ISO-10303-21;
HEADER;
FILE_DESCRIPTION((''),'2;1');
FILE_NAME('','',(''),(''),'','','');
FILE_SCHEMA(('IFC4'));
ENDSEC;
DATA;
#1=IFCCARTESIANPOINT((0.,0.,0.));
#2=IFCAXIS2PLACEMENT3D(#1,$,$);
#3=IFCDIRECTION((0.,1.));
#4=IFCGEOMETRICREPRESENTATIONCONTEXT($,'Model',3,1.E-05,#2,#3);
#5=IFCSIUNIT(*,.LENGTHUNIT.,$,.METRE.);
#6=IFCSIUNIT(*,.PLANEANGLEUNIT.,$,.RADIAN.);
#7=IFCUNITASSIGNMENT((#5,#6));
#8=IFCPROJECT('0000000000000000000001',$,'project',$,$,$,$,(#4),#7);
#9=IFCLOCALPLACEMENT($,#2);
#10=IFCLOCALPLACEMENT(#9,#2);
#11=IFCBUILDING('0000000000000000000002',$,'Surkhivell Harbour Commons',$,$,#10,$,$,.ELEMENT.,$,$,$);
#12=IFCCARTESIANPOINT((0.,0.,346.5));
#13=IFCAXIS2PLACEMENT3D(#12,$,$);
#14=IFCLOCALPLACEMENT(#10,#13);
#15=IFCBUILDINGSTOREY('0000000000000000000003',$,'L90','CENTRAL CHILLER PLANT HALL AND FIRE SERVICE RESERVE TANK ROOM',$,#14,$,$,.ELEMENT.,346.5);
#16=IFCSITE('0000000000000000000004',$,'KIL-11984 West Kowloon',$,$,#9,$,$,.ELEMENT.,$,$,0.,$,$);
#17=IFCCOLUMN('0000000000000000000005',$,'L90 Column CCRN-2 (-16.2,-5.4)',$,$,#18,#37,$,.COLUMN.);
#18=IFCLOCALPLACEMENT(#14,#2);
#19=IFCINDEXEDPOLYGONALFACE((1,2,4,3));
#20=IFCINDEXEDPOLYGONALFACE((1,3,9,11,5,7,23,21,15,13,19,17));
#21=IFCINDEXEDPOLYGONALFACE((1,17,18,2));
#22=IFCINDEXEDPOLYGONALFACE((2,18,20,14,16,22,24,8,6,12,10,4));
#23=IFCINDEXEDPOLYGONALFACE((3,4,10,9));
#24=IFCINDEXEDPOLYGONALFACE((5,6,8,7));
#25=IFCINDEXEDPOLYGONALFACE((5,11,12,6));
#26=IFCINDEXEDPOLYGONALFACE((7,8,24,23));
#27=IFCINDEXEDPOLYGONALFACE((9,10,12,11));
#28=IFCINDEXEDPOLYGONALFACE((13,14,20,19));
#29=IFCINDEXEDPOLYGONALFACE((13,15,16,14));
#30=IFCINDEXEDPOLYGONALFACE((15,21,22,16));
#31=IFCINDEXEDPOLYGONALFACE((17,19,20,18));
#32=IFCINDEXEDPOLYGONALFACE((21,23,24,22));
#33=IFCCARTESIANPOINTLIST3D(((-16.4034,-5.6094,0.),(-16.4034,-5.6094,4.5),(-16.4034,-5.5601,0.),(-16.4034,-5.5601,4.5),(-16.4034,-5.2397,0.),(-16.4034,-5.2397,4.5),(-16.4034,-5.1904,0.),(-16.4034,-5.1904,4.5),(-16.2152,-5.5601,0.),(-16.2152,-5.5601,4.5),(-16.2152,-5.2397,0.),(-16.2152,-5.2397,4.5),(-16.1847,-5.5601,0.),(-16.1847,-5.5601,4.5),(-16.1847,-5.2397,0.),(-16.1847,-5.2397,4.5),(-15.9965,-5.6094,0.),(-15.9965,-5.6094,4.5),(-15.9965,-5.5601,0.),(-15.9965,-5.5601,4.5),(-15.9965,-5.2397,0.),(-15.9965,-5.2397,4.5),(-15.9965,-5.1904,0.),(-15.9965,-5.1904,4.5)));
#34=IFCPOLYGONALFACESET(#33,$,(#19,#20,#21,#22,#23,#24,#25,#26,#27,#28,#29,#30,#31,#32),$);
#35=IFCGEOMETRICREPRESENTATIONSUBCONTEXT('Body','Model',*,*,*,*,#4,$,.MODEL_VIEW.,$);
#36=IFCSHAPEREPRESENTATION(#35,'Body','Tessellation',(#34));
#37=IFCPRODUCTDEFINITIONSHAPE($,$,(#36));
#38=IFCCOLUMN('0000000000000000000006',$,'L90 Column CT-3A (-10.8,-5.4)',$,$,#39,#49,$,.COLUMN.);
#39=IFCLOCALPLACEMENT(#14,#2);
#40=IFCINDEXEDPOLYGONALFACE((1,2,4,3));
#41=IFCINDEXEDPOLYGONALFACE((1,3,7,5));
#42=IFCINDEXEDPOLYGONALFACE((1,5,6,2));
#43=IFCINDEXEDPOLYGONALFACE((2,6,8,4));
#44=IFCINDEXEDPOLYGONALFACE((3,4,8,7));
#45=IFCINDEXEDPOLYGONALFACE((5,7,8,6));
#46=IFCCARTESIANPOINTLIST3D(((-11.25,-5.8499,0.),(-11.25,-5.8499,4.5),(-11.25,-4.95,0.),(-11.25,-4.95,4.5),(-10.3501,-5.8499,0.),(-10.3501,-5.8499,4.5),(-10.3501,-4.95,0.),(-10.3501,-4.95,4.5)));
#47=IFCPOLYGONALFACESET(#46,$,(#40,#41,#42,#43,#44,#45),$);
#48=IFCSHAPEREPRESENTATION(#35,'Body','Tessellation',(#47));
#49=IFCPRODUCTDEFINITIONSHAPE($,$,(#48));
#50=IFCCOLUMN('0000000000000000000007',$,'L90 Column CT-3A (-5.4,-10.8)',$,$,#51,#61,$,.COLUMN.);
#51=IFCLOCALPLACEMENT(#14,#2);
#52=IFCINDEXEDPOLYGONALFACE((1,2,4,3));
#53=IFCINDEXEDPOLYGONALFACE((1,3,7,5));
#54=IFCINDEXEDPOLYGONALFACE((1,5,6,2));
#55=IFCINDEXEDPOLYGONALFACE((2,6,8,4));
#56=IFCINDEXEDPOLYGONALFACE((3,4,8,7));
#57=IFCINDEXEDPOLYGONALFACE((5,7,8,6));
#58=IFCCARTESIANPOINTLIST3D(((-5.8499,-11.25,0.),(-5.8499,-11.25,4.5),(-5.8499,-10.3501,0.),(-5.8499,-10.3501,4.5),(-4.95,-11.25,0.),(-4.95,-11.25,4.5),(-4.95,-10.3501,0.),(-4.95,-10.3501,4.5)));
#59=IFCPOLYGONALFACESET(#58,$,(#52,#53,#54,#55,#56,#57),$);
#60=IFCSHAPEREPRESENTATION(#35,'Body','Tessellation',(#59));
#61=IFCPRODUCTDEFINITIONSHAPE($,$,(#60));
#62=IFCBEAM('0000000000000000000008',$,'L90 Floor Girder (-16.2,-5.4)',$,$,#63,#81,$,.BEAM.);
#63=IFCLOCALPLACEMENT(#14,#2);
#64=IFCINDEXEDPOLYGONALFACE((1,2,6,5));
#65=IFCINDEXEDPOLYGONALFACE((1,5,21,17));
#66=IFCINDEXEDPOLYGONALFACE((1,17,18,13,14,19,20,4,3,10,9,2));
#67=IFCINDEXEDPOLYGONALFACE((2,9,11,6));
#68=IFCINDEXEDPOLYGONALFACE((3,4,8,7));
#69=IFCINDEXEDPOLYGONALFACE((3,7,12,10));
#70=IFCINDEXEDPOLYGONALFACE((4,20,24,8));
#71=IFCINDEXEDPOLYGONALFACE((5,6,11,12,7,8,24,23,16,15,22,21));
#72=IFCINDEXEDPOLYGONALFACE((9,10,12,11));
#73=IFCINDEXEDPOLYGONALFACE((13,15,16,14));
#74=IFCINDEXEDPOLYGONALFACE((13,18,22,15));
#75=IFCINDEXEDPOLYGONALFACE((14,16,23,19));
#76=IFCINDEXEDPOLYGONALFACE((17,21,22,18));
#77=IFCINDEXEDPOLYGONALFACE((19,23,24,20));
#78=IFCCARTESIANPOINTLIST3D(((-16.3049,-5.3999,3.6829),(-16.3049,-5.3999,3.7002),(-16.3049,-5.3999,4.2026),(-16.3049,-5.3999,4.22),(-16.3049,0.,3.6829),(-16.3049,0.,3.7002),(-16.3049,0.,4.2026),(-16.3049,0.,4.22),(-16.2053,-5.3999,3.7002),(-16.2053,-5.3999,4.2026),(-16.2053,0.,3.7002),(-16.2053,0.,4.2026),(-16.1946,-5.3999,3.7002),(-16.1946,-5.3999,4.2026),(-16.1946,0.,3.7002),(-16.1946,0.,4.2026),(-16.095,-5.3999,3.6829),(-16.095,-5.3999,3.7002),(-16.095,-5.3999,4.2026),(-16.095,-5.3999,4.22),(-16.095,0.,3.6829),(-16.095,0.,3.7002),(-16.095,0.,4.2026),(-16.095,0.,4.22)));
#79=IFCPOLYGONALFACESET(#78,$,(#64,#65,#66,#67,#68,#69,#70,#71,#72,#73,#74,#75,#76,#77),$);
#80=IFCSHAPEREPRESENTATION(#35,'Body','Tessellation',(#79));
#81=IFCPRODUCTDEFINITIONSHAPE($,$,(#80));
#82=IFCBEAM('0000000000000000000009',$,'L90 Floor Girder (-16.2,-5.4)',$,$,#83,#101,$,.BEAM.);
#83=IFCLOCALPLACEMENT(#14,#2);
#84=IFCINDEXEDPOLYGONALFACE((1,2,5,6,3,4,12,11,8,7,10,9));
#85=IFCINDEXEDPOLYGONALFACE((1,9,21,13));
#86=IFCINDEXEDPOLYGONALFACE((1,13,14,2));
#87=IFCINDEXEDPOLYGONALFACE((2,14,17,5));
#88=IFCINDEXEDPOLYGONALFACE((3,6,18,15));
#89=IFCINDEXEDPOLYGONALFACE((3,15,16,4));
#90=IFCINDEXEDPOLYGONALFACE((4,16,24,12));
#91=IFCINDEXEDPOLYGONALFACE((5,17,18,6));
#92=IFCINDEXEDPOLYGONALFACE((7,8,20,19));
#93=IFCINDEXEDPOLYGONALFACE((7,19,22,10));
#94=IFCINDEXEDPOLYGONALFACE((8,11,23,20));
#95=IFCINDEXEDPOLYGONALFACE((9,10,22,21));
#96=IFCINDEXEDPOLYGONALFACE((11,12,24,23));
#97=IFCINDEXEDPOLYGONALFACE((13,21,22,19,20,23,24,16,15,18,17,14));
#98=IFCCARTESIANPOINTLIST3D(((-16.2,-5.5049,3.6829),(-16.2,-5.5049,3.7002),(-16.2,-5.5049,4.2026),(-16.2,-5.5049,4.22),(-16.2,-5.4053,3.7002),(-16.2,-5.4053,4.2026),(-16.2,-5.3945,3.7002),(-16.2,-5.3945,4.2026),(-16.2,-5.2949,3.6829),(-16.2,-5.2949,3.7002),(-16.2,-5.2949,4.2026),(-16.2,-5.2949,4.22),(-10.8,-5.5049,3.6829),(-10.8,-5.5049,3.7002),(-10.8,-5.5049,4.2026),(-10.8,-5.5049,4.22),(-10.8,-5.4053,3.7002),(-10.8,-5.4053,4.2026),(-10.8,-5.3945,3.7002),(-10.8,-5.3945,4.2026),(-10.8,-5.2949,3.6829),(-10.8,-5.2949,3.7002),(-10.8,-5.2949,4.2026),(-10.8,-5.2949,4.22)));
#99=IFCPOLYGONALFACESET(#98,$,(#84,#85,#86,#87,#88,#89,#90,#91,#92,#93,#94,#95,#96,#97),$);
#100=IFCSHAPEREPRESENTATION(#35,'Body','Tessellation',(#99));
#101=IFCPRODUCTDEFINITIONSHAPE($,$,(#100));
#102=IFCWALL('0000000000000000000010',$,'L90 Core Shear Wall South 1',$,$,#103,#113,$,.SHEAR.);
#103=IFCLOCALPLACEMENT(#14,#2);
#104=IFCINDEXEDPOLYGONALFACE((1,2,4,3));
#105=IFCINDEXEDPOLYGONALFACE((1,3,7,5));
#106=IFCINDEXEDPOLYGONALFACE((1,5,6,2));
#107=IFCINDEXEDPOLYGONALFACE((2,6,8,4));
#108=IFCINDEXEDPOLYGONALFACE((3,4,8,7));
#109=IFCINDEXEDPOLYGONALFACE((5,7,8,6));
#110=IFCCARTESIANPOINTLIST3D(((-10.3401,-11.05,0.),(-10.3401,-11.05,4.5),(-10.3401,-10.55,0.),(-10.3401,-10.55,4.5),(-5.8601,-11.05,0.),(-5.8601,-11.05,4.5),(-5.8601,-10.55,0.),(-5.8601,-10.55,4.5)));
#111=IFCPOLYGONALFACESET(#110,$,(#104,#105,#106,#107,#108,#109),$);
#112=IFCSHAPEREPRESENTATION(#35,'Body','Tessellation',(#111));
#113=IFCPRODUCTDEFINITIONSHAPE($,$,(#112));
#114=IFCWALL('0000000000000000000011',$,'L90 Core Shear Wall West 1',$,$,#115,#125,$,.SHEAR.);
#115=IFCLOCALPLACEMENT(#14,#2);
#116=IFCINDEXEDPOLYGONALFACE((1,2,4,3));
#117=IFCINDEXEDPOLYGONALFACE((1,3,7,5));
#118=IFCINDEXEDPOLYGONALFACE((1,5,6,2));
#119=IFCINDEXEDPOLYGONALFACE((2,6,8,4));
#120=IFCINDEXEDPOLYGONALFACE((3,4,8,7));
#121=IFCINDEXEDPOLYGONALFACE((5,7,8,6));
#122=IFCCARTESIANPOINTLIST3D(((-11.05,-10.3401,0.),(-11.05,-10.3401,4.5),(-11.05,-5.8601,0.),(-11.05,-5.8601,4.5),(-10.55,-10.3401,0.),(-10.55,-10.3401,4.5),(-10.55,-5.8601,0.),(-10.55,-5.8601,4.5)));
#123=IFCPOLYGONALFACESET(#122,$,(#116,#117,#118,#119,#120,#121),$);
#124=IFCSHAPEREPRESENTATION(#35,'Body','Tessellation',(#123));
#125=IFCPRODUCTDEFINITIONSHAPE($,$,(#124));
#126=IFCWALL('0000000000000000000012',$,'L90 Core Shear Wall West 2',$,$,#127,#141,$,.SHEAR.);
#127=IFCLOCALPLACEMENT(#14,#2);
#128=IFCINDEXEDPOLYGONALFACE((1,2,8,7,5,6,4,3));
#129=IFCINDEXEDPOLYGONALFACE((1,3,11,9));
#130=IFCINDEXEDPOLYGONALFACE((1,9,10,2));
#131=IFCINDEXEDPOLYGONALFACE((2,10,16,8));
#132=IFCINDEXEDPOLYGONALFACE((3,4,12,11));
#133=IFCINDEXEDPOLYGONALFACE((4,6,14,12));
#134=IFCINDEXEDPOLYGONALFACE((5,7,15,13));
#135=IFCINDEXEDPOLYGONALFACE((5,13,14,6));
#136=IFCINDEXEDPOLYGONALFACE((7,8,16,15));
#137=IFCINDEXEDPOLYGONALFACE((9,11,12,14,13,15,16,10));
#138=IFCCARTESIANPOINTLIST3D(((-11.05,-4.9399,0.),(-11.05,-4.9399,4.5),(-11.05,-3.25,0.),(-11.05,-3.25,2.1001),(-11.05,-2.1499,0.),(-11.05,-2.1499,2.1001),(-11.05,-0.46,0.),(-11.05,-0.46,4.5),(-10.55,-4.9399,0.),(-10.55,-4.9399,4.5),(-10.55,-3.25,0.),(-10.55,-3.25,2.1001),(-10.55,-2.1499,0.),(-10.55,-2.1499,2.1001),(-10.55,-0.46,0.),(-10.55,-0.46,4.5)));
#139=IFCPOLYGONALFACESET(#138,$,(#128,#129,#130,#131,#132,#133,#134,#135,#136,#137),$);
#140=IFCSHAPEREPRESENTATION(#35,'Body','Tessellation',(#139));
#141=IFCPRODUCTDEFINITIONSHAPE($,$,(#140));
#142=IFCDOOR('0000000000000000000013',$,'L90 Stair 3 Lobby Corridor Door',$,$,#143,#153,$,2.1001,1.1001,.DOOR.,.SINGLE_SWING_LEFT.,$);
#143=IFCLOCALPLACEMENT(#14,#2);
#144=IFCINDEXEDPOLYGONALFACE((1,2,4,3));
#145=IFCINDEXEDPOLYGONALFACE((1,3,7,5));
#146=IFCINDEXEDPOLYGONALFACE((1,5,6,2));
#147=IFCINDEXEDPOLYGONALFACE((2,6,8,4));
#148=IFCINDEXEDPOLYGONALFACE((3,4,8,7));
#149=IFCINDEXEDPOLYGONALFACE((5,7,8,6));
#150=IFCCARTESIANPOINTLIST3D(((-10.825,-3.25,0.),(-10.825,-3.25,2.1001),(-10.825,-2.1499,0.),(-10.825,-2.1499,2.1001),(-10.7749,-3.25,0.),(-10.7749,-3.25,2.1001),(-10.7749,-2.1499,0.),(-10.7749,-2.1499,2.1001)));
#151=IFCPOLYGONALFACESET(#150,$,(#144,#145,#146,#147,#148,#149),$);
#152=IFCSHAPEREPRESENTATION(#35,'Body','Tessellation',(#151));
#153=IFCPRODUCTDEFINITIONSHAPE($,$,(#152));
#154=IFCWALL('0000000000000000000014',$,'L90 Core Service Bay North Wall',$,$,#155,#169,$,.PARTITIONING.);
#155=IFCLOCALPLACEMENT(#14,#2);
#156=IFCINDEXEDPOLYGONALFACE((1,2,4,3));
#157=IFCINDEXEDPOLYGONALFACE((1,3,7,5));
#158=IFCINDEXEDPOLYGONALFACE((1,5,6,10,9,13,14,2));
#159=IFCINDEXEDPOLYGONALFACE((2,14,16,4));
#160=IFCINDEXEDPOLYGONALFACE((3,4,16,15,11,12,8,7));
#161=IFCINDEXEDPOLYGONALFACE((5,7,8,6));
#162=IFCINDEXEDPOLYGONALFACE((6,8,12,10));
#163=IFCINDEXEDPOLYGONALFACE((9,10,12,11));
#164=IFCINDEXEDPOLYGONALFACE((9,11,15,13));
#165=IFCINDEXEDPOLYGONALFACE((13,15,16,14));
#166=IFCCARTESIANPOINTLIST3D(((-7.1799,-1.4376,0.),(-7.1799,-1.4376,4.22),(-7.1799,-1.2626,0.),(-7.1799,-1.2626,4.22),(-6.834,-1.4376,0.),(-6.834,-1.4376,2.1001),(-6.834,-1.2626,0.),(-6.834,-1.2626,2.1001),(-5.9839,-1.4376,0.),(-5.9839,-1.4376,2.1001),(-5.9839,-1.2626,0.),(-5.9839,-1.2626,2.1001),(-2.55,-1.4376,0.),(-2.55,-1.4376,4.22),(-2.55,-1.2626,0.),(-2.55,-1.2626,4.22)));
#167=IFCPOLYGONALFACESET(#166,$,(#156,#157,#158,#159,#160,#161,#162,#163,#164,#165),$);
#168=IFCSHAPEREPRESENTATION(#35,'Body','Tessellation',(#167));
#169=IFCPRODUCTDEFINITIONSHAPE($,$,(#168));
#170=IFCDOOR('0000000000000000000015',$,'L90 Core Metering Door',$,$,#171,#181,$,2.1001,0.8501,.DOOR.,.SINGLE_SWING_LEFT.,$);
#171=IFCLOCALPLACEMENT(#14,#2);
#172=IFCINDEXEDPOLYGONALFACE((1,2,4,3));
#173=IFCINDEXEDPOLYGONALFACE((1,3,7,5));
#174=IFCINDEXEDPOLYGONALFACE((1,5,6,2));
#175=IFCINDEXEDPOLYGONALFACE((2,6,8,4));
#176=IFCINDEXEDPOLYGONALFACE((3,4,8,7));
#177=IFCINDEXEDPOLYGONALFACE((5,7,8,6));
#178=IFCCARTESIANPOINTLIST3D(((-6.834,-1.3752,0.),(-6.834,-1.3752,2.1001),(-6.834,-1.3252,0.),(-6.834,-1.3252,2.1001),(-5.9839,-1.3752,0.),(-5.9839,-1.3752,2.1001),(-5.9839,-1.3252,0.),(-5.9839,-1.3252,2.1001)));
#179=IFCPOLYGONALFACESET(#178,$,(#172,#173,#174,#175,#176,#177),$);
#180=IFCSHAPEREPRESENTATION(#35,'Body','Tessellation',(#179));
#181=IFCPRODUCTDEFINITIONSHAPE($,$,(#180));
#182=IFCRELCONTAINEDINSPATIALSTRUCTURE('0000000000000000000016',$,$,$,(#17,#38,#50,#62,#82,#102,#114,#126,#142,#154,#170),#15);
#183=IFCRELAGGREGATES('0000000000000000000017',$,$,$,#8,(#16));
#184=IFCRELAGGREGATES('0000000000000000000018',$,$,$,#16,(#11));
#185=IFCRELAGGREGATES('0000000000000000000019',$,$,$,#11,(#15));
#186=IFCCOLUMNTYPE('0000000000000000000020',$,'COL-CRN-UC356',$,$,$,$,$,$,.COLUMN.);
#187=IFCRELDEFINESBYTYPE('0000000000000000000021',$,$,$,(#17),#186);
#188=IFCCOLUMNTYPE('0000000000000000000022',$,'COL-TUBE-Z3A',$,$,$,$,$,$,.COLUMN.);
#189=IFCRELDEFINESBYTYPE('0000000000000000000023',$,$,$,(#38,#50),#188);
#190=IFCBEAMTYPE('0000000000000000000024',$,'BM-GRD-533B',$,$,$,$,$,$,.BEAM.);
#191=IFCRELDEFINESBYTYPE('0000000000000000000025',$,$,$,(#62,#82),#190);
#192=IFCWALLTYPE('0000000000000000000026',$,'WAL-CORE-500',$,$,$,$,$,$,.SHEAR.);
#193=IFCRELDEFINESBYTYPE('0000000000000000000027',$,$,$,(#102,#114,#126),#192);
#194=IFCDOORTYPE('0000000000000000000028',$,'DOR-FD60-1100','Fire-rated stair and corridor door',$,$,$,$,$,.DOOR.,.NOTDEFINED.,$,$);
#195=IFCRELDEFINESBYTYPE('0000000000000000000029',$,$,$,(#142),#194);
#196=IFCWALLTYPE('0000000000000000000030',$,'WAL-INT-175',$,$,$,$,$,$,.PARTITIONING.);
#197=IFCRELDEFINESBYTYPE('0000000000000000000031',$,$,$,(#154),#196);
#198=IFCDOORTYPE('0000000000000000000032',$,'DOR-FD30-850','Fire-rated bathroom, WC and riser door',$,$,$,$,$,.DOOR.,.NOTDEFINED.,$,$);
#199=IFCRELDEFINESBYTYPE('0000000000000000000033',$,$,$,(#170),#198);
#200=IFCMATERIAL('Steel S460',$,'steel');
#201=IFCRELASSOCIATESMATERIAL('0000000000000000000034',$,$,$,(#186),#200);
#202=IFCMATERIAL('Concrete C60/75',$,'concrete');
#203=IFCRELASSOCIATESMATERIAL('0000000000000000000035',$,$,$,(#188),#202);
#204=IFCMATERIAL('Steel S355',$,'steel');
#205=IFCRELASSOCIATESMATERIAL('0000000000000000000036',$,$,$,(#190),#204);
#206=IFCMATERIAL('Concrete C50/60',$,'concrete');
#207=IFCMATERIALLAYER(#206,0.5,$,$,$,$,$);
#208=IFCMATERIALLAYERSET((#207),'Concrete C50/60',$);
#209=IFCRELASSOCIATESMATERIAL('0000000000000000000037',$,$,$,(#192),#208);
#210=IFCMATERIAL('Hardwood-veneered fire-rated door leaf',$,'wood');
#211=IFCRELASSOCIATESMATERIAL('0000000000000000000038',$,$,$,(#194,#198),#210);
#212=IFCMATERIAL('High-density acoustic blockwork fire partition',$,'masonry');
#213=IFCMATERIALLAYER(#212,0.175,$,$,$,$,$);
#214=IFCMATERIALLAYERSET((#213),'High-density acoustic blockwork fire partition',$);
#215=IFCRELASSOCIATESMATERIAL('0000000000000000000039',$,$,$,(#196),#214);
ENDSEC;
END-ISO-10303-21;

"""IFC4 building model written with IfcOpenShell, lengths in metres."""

from ifc_helpers import new_model, si_unit, direction, frame, frame_2d, origin, origin_2d, place, context, subcontext, project, spatial, rectangle, i_section, extrude, material, layer, layer_set, material_profile, profile_set, type_object, element, fill, save


model = new_model("IFC4")

# Units and contexts
model_context = context("Model", 3, precision=1e-05, world=origin(), true_north=direction((0.0, 1.0)))
body_context = subcontext(model_context, "Body", "Model", "MODEL_VIEW")
ifc_project = project(units=[si_unit("LENGTHUNIT", "METRE"), si_unit("PLANEANGLEUNIT", "RADIAN")], contexts=[model_context])

# Site, building, storey
site_placement = place(None, origin())
site = spatial("IfcSite", under=ifc_project, at=site_placement, Name="KIL-11984 West Kowloon", CompositionType="ELEMENT", RefElevation=0.0)
building_placement = place(site_placement, origin())
building = spatial("IfcBuilding", under=site, at=building_placement, Name="Surkhivell Harbour Commons", CompositionType="ELEMENT")
storey_placement = place(building_placement, frame((0.0, 0.0, 346.5)))
storey = spatial("IfcBuildingStorey", under=building, at=storey_placement, Name="L90", Description="CENTRAL CHILLER PLANT HALL AND FIRE SERVICE RESERVE TANK ROOM", CompositionType="ELEMENT", Elevation=346.5)

# Columns
ifc_material_1 = material(Name="Steel S460", Category="steel")
ifc_material_profile_1 = material_profile(ifc_material_1, i_section(OverallWidth=0.407, OverallDepth=0.4189, WebThickness=0.0305, FlangeThickness=0.0493, at=origin_2d()), Name="UC356x406x393")
ifc_profile_set_1 = profile_set([ifc_material_profile_1], Name="Steel S460")
column_type_1 = type_object("IfcColumnType", Name="COL-CRN-UC356", PredefinedType="COLUMN", material=ifc_profile_set_1)
column_placement = place(storey_placement, frame((-16.2, -5.3999, 0.0), z_axis=(0.0, 0.0, 1.0), x_axis=(1.0, 0.0, 0.0)))
element("IfcColumn", 1, at=column_placement, inside=storey, type_object=column_type_1, Name="L90 Column CCRN-2 (-16.2,-5.4)", PredefinedType="COLUMN", context=body_context, shape_type="SweptSolid", body=[
    extrude(i_section(OverallWidth=0.407, OverallDepth=0.4189, WebThickness=0.0305, FlangeThickness=0.0493, at=origin_2d()), origin(), (0.0, 0.0, 1.0), 4.5),
])
ifc_material_2 = material(Name="Concrete C60/75", Category="concrete")
ifc_material_profile_2 = material_profile(ifc_material_2, rectangle(XDim=0.8999, YDim=0.8999, at=origin_2d()), Name="RC-COL-900x900")
ifc_profile_set_2 = profile_set([ifc_material_profile_2], Name="Concrete C60/75")
column_type_2 = type_object("IfcColumnType", Name="COL-TUBE-Z3A", PredefinedType="COLUMN", material=ifc_profile_set_2)
for number, where, z_axis, x_axis, name in (
    (2, (-10.8, -5.3999, 0.0), (0.0, 0.0, 1.0), (1.0, 0.0, 0.0), "L90 Column CT-3A (-10.8,-5.4)"),
    (3, (-5.3999, -10.8, 0.0), (0.0, 0.0, 1.0), (1.0, 0.0, 0.0), "L90 Column CT-3A (-5.4,-10.8)"),
):
    element("IfcColumn", number, at=place(storey_placement, frame(where, z_axis=z_axis, x_axis=x_axis)), inside=storey, type_object=column_type_2, Name=name, PredefinedType="COLUMN", context=body_context, shape_type="SweptSolid", body=[
        extrude(rectangle(XDim=0.8999, YDim=0.8999, at=origin_2d()), origin(), (0.0, 0.0, 1.0), 4.5),
    ])

# Beams
ifc_material_3 = material(Name="Steel S355", Category="steel")
ifc_material_profile_3 = material_profile(ifc_material_3, i_section(OverallWidth=0.21, OverallDepth=0.5371, WebThickness=0.0107, FlangeThickness=0.0173, at=origin_2d()), Name="UB533x210x101")
ifc_profile_set_3 = profile_set([ifc_material_profile_3], Name="Steel S355")
beam_type = type_object("IfcBeamType", Name="BM-GRD-533B", PredefinedType="BEAM", material=ifc_profile_set_3)
for number, where, z_axis, x_axis, name in (
    (4, (-16.2, -5.3999, 3.9514), (0.0, 1.0, 0.0), (-1.0, 0.0, 0.0), "L90 Floor Girder (-16.2,-5.4)"),
    (5, (-16.2, -5.3999, 3.9514), (1.0, 0.0, 0.0), (0.0, 1.0, 0.0), "L90 Floor Girder (-16.2,-5.4)"),
):
    element("IfcBeam", number, at=place(storey_placement, frame(where, z_axis=z_axis, x_axis=x_axis)), inside=storey, type_object=beam_type, Name=name, PredefinedType="BEAM", context=body_context, shape_type="SweptSolid", body=[
        extrude(i_section(OverallWidth=0.21, OverallDepth=0.5371, WebThickness=0.0107, FlangeThickness=0.0173, at=origin_2d()), origin(), (0.0, 0.0, 1.0), 5.3999),
    ])

# Walls
ifc_material_4 = material(Name="Concrete C50/60", Category="concrete")
ifc_layer_1 = layer(ifc_material_4, 0.5)
ifc_layer_set_1 = layer_set([ifc_layer_1], Name="Concrete C50/60")
wall_type_1 = type_object("IfcWallType", Name="WAL-CORE-500", PredefinedType="SHEAR", material=ifc_layer_set_1)
for number, where, z_axis, x_axis, name in (
    (6, (-10.3401, -10.8, 0.0), (0.0, 0.0, 1.0), (1.0, 0.0, 0.0), "L90 Core Shear Wall South 1"),
    (7, (-10.8, -10.3401, 0.0), (0.0, 0.0, 1.0), (0.0, 1.0, 0.0), "L90 Core Shear Wall West 1"),
):
    element("IfcWall", number, at=place(storey_placement, frame(where, z_axis=z_axis, x_axis=x_axis)), inside=storey, type_object=wall_type_1, Name=name, PredefinedType="SHEAR", context=body_context, shape_type="SweptSolid", body=[
        extrude(rectangle(XDim=4.48, YDim=0.5, at=frame_2d((2.24, 0.0))), origin(), (0.0, 0.0, 1.0), 4.5),
    ])

# Walls, openings, doors
wall_1_placement = place(storey_placement, frame((-10.8, -4.9399, 0.0), z_axis=(0.0, 0.0, 1.0), x_axis=(0.0, 1.0, 0.0)))
wall_1 = element("IfcWall", 8, at=wall_1_placement, inside=storey, type_object=wall_type_1, Name="L90 Core Shear Wall West 2", PredefinedType="SHEAR", context=body_context, shape_type="SweptSolid", body=[
    extrude(rectangle(XDim=4.48, YDim=0.5, at=frame_2d((2.24, 0.0))), origin(), (0.0, 0.0, 1.0), 4.5),
])
opening_1_placement = place(wall_1_placement, frame((1.6899, 0.0, 0.0)))
opening_1 = element("IfcOpeningElement", 9, at=opening_1_placement, cuts=wall_1, PredefinedType="OPENING", context=body_context, shape_type="SweptSolid", body=[
    extrude(rectangle(XDim=1.1001, YDim=2.1001, at=frame_2d((0.55, 1.05))), frame((0.0, 0.26, 0.0), z_axis=(0.0, -1.0, 0.0), x_axis=(1.0, 0.0, 0.0)), (0.0, 0.0, 1.0), 0.52),
])
ifc_material_5 = material(Name="Hardwood-veneered fire-rated door leaf", Category="wood")
door_type_1 = type_object("IfcDoorType", Name="DOR-FD60-1100", Description="Fire-rated stair and corridor door", OperationType="NOTDEFINED", PredefinedType="DOOR", material=ifc_material_5)
door_1_placement = place(opening_1_placement, origin())
door_1 = element("IfcDoor", 10, at=door_1_placement, inside=storey, type_object=door_type_1, Name="L90 Stair 3 Lobby Corridor Door", OperationType="SINGLE_SWING_LEFT", OverallHeight=2.1001, OverallWidth=1.1001, PredefinedType="DOOR", context=body_context, shape_type="SweptSolid", body=[
    extrude(rectangle(XDim=1.1001, YDim=2.1001, at=frame_2d((0.55, 1.05))), frame((0.0, 0.0249, 0.0), z_axis=(0.0, -1.0, 0.0), x_axis=(1.0, 0.0, 0.0)), (0.0, 0.0, 1.0), 0.05),
])
fill(opening_1, door_1)
ifc_material_6 = material(Name="High-density acoustic blockwork fire partition", Category="masonry")
ifc_layer_2 = layer(ifc_material_6, 0.175)
ifc_layer_set_2 = layer_set([ifc_layer_2], Name="High-density acoustic blockwork fire partition")
wall_type_2 = type_object("IfcWallType", Name="WAL-INT-175", PredefinedType="PARTITIONING", material=ifc_layer_set_2)
wall_2_placement = place(storey_placement, frame((-7.1799, -1.3501, 0.0), z_axis=(0.0, 0.0, 1.0), x_axis=(1.0, 0.0, 0.0)))
wall_2 = element("IfcWall", 11, at=wall_2_placement, inside=storey, type_object=wall_type_2, Name="L90 Core Service Bay North Wall", PredefinedType="PARTITIONING", context=body_context, shape_type="SweptSolid", body=[
    extrude(rectangle(XDim=4.6299, YDim=0.175, at=frame_2d((2.3149, 0.0))), origin(), (0.0, 0.0, 1.0), 4.22),
])
opening_2_placement = place(wall_2_placement, frame((0.3459, 0.0, 0.0)))
opening_2 = element("IfcOpeningElement", 12, at=opening_2_placement, cuts=wall_2, PredefinedType="OPENING", context=body_context, shape_type="SweptSolid", body=[
    extrude(rectangle(XDim=0.8501, YDim=2.1001, at=frame_2d((0.425, 1.05))), frame((0.0, 0.0974, 0.0), z_axis=(0.0, -1.0, 0.0), x_axis=(1.0, 0.0, 0.0)), (0.0, 0.0, 1.0), 0.1951),
])
door_type_2 = type_object("IfcDoorType", Name="DOR-FD30-850", Description="Fire-rated bathroom, WC and riser door", OperationType="NOTDEFINED", PredefinedType="DOOR", material=ifc_material_5)
door_2_placement = place(opening_2_placement, origin())
door_2 = element("IfcDoor", 13, at=door_2_placement, inside=storey, type_object=door_type_2, Name="L90 Core Metering Door", OperationType="SINGLE_SWING_LEFT", OverallHeight=2.1001, OverallWidth=0.8501, PredefinedType="DOOR", context=body_context, shape_type="SweptSolid", body=[
    extrude(rectangle(XDim=0.8501, YDim=2.1001, at=frame_2d((0.425, 1.05))), frame((0.0, 0.0249, 0.0), z_axis=(0.0, -1.0, 0.0), x_axis=(1.0, 0.0, 0.0)), (0.0, 0.0, 1.0), 0.05),
])
fill(opening_2, door_2)

save(model, "model.ifc")
